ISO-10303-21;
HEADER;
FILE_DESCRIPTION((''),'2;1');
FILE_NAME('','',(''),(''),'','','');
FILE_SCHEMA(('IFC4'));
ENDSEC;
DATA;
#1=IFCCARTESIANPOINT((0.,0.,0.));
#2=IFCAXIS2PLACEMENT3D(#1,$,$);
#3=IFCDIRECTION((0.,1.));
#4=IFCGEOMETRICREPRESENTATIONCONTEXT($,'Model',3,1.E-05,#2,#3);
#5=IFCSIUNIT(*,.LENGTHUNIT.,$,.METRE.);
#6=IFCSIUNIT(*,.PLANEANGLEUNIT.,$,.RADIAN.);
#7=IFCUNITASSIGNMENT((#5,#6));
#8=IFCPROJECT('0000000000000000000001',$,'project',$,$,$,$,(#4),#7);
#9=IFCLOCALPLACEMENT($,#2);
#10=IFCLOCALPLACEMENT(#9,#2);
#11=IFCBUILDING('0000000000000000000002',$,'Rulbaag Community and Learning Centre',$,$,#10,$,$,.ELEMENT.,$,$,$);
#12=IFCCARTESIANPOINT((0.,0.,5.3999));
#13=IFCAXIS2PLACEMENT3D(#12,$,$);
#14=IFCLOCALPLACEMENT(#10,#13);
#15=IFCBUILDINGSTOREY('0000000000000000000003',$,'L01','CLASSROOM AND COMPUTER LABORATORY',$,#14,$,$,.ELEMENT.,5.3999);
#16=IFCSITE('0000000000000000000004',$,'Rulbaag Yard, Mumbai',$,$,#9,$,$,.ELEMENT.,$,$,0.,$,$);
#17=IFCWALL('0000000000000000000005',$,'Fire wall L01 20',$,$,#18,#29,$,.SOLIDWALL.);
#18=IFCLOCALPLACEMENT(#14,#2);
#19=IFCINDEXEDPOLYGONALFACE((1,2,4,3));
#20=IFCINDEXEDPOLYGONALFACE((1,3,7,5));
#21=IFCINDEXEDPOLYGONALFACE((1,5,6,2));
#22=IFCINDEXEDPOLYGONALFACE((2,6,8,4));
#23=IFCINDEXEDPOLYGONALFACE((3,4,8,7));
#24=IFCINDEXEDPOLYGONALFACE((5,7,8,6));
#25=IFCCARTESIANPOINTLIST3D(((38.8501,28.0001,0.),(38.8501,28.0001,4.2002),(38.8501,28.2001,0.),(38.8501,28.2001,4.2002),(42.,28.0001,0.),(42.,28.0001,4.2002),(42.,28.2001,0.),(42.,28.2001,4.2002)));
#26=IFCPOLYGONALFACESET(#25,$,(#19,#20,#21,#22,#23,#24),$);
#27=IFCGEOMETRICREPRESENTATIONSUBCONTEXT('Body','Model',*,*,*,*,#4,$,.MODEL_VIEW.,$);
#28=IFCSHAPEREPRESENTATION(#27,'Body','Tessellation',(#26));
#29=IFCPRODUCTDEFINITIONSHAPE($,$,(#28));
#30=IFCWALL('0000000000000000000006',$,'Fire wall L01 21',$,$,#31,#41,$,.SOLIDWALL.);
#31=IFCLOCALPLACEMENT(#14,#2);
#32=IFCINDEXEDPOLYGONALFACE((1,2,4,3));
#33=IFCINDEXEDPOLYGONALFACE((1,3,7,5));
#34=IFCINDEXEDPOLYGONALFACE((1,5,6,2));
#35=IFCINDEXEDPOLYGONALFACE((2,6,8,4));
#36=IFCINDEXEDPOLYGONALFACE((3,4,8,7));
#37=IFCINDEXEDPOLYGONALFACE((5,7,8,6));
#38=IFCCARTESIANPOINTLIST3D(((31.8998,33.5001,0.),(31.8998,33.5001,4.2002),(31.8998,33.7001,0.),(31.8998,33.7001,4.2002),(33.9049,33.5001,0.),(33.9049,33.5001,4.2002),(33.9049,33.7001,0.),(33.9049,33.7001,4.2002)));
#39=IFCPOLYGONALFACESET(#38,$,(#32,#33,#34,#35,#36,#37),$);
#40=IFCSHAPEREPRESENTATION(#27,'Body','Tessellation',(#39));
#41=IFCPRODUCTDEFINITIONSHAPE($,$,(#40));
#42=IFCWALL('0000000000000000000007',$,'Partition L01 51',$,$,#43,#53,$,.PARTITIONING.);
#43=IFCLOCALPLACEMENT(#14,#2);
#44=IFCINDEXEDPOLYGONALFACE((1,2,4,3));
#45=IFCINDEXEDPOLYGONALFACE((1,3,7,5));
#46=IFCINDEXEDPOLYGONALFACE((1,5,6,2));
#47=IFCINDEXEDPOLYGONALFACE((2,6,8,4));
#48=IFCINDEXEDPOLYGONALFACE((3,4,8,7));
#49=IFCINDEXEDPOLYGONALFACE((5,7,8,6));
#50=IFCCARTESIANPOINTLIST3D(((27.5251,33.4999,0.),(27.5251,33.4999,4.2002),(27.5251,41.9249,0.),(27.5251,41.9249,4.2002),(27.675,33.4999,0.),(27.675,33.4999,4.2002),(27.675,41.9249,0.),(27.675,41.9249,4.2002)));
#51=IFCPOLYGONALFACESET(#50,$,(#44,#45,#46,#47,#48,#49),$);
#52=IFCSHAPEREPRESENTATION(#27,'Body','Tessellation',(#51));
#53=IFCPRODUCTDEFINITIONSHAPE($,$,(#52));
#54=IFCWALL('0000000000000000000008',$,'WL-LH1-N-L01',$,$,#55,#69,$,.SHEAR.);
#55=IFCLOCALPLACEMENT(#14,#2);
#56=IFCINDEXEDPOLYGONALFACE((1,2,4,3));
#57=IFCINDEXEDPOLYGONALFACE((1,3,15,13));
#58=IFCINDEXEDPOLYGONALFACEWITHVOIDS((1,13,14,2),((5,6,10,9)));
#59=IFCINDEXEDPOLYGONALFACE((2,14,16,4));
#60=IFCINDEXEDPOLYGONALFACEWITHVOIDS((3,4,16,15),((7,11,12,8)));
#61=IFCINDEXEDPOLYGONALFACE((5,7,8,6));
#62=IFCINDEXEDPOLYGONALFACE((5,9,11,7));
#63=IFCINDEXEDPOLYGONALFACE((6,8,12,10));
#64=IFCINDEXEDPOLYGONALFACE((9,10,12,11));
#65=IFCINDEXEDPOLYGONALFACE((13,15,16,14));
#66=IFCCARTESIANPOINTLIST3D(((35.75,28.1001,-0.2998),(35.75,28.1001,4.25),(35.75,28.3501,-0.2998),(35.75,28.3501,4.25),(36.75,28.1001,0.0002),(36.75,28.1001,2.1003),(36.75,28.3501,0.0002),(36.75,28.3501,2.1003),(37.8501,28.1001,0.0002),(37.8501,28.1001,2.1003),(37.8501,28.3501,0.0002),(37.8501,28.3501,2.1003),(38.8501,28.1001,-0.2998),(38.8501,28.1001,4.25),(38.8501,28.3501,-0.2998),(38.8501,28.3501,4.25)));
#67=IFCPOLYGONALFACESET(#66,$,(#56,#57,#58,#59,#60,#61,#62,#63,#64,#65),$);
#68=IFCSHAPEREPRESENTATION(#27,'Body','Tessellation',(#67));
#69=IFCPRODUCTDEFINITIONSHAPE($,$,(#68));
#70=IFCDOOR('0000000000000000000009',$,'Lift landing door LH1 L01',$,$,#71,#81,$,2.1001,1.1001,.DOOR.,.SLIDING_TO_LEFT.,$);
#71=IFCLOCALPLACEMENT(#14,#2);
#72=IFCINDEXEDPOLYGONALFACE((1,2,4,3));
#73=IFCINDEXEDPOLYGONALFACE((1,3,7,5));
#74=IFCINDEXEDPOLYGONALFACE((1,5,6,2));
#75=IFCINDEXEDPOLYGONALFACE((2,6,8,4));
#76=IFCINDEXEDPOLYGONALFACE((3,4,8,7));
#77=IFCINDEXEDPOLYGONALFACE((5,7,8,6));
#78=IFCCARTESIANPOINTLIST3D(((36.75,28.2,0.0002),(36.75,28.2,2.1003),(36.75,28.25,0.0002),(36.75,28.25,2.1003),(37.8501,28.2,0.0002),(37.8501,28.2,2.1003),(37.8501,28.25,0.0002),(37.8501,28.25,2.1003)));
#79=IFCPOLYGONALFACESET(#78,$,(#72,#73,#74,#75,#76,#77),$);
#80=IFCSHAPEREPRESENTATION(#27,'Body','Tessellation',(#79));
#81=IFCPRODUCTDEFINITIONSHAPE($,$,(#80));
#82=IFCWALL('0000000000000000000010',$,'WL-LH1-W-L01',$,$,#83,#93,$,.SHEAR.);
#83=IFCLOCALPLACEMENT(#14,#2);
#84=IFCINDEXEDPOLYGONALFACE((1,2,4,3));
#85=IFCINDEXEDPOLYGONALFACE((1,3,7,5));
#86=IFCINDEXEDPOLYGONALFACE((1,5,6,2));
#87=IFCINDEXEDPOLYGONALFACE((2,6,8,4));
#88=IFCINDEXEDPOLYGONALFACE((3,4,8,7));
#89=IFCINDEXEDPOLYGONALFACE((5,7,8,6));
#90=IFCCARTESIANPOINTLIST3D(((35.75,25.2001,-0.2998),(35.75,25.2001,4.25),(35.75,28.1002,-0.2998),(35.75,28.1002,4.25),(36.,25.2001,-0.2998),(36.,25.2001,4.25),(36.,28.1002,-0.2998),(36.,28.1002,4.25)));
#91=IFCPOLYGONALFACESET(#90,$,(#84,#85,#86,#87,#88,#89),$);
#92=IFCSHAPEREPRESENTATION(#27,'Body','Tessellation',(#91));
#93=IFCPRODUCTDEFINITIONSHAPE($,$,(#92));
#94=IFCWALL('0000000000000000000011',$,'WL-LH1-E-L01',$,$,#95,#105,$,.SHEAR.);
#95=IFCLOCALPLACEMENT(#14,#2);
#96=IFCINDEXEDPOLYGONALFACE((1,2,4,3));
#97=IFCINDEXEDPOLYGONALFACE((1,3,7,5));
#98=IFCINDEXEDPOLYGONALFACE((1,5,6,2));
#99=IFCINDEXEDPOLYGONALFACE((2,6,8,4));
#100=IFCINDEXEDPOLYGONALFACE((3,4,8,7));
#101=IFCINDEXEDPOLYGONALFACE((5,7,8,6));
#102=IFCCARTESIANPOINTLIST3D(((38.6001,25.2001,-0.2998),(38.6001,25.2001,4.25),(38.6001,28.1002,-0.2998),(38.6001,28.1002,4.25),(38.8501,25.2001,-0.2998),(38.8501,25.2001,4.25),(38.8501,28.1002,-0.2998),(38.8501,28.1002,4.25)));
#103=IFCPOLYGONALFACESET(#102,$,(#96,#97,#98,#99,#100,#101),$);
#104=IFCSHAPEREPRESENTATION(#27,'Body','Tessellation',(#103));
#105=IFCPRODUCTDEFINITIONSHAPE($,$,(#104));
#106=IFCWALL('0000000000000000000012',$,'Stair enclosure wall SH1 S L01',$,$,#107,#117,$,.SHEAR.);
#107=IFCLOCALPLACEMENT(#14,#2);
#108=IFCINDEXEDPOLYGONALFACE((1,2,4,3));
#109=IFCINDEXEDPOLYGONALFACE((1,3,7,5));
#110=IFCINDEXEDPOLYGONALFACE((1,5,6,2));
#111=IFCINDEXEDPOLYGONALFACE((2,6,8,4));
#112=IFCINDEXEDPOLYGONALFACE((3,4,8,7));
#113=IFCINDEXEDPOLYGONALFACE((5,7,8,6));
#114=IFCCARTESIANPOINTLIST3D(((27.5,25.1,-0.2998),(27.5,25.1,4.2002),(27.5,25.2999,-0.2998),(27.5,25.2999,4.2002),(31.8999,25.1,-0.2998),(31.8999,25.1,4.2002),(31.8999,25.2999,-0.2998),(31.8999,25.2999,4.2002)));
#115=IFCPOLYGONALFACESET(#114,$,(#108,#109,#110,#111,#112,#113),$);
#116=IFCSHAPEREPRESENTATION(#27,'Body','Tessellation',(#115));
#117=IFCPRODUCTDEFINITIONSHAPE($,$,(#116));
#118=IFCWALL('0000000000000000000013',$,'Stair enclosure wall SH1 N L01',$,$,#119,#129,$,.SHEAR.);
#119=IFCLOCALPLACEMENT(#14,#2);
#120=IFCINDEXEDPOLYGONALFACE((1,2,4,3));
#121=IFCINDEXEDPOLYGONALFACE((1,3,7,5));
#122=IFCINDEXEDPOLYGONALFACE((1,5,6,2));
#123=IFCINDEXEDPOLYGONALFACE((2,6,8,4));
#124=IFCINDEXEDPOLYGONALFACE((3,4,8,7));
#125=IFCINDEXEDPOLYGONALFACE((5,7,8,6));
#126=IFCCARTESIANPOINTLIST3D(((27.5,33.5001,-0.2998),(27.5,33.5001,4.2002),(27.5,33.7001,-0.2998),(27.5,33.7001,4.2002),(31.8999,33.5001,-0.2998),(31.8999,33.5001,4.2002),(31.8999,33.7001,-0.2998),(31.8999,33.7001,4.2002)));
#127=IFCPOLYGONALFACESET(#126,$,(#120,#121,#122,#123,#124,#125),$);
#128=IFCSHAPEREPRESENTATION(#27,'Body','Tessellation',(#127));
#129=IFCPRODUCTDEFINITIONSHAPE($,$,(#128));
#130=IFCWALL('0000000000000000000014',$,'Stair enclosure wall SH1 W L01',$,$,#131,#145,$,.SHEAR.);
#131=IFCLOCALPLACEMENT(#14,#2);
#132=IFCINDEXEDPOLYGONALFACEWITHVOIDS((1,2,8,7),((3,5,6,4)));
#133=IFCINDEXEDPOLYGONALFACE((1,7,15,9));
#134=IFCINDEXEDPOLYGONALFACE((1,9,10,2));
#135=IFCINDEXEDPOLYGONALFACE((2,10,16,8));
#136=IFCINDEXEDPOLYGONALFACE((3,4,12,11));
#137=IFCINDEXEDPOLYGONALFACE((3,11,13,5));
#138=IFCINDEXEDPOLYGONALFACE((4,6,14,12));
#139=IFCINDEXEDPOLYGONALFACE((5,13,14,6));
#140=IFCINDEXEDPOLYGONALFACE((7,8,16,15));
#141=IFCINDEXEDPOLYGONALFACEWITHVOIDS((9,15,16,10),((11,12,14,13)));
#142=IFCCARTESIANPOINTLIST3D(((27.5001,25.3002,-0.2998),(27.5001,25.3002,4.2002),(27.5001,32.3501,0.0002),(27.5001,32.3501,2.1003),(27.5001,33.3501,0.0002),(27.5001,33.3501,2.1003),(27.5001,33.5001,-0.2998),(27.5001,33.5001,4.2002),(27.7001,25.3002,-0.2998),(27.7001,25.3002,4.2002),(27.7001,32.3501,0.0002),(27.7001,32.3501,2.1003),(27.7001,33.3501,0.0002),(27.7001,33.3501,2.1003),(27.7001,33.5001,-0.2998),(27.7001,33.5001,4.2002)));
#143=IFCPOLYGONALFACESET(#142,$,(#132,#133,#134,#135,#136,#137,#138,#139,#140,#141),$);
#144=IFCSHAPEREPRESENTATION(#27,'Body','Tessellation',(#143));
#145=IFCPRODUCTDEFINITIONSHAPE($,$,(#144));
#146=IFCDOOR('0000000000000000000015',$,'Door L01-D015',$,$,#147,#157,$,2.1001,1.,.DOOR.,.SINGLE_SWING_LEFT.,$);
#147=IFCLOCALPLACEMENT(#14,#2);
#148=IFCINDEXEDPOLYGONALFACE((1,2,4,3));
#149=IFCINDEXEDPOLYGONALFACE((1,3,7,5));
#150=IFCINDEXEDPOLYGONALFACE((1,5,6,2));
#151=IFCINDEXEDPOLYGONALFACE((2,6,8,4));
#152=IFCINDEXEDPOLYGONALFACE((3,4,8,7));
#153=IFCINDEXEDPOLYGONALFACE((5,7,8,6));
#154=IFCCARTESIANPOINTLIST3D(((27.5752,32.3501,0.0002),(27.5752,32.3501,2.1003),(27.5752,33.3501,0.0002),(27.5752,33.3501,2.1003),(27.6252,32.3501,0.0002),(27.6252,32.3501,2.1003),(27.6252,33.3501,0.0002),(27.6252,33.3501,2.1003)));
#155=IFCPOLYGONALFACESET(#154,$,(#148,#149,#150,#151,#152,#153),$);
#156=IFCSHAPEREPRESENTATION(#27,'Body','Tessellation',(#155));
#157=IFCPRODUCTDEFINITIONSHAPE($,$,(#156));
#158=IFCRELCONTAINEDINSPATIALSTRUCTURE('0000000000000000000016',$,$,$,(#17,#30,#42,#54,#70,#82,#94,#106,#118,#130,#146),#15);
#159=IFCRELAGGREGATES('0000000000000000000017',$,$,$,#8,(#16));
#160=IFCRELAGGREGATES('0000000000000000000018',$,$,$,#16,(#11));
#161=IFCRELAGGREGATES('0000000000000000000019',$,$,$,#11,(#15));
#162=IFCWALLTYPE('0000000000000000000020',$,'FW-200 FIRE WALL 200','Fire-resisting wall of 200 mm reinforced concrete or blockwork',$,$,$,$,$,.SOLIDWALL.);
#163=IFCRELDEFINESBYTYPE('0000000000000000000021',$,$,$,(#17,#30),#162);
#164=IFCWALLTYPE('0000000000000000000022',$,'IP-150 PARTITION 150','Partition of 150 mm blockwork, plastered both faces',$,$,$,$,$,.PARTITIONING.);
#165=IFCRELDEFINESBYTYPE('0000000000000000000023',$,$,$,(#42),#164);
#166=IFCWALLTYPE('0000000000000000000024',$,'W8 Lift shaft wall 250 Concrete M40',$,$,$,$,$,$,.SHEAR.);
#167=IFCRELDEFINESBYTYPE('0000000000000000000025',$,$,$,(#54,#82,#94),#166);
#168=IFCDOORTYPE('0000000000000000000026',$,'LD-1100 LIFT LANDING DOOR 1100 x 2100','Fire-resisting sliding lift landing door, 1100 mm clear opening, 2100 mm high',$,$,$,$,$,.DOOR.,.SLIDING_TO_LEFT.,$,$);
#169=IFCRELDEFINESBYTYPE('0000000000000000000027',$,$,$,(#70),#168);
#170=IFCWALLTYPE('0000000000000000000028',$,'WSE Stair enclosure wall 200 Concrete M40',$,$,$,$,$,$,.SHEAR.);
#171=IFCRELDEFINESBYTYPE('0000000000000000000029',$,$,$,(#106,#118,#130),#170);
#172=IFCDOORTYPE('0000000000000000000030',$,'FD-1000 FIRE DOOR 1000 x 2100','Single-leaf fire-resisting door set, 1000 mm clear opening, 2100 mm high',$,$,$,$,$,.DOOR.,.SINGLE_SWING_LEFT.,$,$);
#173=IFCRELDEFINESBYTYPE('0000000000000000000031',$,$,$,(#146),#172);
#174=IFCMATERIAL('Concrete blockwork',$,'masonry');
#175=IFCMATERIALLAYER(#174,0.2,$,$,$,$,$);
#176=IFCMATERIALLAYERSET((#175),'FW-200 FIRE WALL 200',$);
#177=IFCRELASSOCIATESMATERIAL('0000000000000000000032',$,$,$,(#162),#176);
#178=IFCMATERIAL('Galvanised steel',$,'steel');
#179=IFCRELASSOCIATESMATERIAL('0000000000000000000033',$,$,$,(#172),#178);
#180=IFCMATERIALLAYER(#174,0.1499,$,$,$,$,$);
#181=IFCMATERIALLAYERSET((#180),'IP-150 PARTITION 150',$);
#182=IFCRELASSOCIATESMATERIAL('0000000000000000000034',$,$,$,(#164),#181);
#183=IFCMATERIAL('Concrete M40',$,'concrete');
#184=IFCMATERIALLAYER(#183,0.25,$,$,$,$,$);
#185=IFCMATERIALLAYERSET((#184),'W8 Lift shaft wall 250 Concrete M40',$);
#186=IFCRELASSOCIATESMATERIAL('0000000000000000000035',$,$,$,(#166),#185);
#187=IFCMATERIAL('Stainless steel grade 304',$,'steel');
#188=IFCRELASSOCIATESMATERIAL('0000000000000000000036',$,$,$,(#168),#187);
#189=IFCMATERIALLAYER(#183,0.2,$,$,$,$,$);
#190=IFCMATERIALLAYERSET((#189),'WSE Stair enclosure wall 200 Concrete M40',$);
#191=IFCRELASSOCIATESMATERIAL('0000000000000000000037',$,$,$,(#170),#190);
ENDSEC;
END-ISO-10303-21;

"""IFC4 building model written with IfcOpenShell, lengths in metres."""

from ifc_helpers import new_model, si_unit, direction, frame, frame_2d, origin, place, context, subcontext, project, spatial, rectangle, extrude, material, layer, layer_set, type_object, element, fill, save


model = new_model("IFC4")

# Units and contexts
model_context = context("Model", 3, precision=1e-05, world=origin(), true_north=direction((0.0, 1.0)))
body_context = subcontext(model_context, "Body", "Model", "MODEL_VIEW")
ifc_project = project(units=[si_unit("LENGTHUNIT", "METRE"), si_unit("PLANEANGLEUNIT", "RADIAN")], contexts=[model_context])

# Site, building, storey
site_placement = place(None, origin())
site = spatial("IfcSite", under=ifc_project, at=site_placement, Name="Rulbaag Yard, Mumbai", CompositionType="ELEMENT", RefElevation=0.0)
building_placement = place(site_placement, origin())
building = spatial("IfcBuilding", under=site, at=building_placement, Name="Rulbaag Community and Learning Centre", CompositionType="ELEMENT")
storey_placement = place(building_placement, frame((0.0, 0.0, 5.3999)))
storey = spatial("IfcBuildingStorey", under=building, at=storey_placement, Name="L01", Description="CLASSROOM AND COMPUTER LABORATORY", CompositionType="ELEMENT", Elevation=5.3999)

# Shared definitions
ifc_material_1 = material(Name="Concrete M40", Category="concrete")

# Shared definitions
ifc_material_2 = material(Name="Concrete blockwork", Category="masonry")
ifc_layer_1 = layer(ifc_material_2, 0.2)
ifc_layer_set_1 = layer_set([ifc_layer_1], Name="FW-200 FIRE WALL 200")
wall_type_1 = type_object("IfcWallType", Name="FW-200 FIRE WALL 200", Description="Fire-resisting wall of 200 mm reinforced concrete or blockwork", PredefinedType="SOLIDWALL", material=ifc_layer_set_1)

# Shared definitions
ifc_material_3 = material(Name="Galvanised steel", Category="steel")
door_type_1 = type_object("IfcDoorType", Name="FD-1000 FIRE DOOR 1000 x 2100", Description="Single-leaf fire-resisting door set, 1000 mm clear opening, 2100 mm high", OperationType="SINGLE_SWING_LEFT", PredefinedType="DOOR", material=ifc_material_3)

# Walls
wall_1_placement = place(storey_placement, frame((38.8501, 28.1001, 0.0), z_axis=(0.0, 0.0, 1.0), x_axis=(1.0, 0.0, 0.0)))
element("IfcWall", 1, at=wall_1_placement, inside=storey, type_object=wall_type_1, Name="Fire wall L01 20", PredefinedType="SOLIDWALL", context=body_context, shape_type="SweptSolid", body=[
    extrude(rectangle(XDim=3.1499, YDim=0.2, at=frame_2d((1.575, 0.0))), origin(), (0.0, 0.0, 1.0), 4.2002),
])
wall_2_placement = place(storey_placement, frame((31.8999, 33.6001, 0.0), z_axis=(0.0, 0.0, 1.0), x_axis=(1.0, 0.0, 0.0)))
element("IfcWall", 2, at=wall_2_placement, inside=storey, type_object=wall_type_1, Name="Fire wall L01 21", PredefinedType="SOLIDWALL", context=body_context, shape_type="SweptSolid", body=[
    extrude(rectangle(XDim=2.0051, YDim=0.2, at=frame_2d((1.0024, 0.0))), origin(), (0.0, 0.0, 1.0), 4.2002),
])
ifc_layer_2 = layer(ifc_material_2, 0.1499)
ifc_layer_set_2 = layer_set([ifc_layer_2], Name="IP-150 PARTITION 150")
wall_type_2 = type_object("IfcWallType", Name="IP-150 PARTITION 150", Description="Partition of 150 mm blockwork, plastered both faces", PredefinedType="PARTITIONING", material=ifc_layer_set_2)
wall_3_placement = place(storey_placement, frame((27.6001, 33.5, 0.0), z_axis=(0.0, 0.0, 1.0), x_axis=(0.0, 1.0, 0.0)))
element("IfcWall", 3, at=wall_3_placement, inside=storey, type_object=wall_type_2, Name="Partition L01 51", PredefinedType="PARTITIONING", context=body_context, shape_type="SweptSolid", body=[
    extrude(rectangle(XDim=8.425, YDim=0.1499, at=frame_2d((4.2124, 0.0))), origin(), (0.0, 0.0, 1.0), 4.2002),
])

# Wall, opening, door
ifc_layer_3 = layer(ifc_material_1, 0.25)
ifc_layer_set_3 = layer_set([ifc_layer_3], Name="W8 Lift shaft wall 250 Concrete M40")
wall_type_3 = type_object("IfcWallType", Name="W8 Lift shaft wall 250 Concrete M40", PredefinedType="SHEAR", material=ifc_layer_set_3)
wall_4_placement = place(storey_placement, frame((35.75, 28.2251, -0.2998), z_axis=(0.0, 0.0, 1.0), x_axis=(1.0, 0.0, 0.0)))
wall_4 = element("IfcWall", 4, at=wall_4_placement, inside=storey, type_object=wall_type_3, Name="WL-LH1-N-L01", PredefinedType="SHEAR", context=body_context, shape_type="SweptSolid", body=[
    extrude(rectangle(XDim=3.1001, YDim=0.25, at=frame_2d((1.55, 0.0))), origin(), (0.0, 0.0, 1.0), 4.5498),
])
opening_1_placement = place(wall_4_placement, frame((1.0, 0.0, 0.3)))
opening_1 = element("IfcOpeningElement", 5, at=opening_1_placement, cuts=wall_4, PredefinedType="OPENING", context=body_context, shape_type="SweptSolid", body=[
    extrude(rectangle(XDim=1.1001, YDim=2.1001, at=frame_2d((0.55, 1.05))), frame((0.0, 0.135, 0.0), z_axis=(0.0, -1.0, 0.0), x_axis=(1.0, 0.0, 0.0)), (0.0, 0.0, 1.0), 0.27),
])
ifc_material_4 = material(Name="Stainless steel grade 304", Category="steel")
door_type_2 = type_object("IfcDoorType", Name="LD-1100 LIFT LANDING DOOR 1100 x 2100", Description="Fire-resisting sliding lift landing door, 1100 mm clear opening, 2100 mm high", OperationType="SLIDING_TO_LEFT", PredefinedType="DOOR", material=ifc_material_4)
door_1_placement = place(opening_1_placement, origin())
door_1 = element("IfcDoor", 6, at=door_1_placement, inside=storey, type_object=door_type_2, Name="Lift landing door LH1 L01", OperationType="SLIDING_TO_LEFT", OverallHeight=2.1001, OverallWidth=1.1001, PredefinedType="DOOR", context=body_context, shape_type="SweptSolid", body=[
    extrude(rectangle(XDim=1.1001, YDim=2.1001, at=frame_2d((0.55, 1.05))), frame((0.0, 0.0249, 0.0), z_axis=(0.0, -1.0, 0.0), x_axis=(1.0, 0.0, 0.0)), (0.0, 0.0, 1.0), 0.05),
])
fill(opening_1, door_1)

# Walls
for number, where, z_axis, x_axis, name in (
    (7, (35.875, 25.2, -0.2998), (0.0, 0.0, 1.0), (0.0, 1.0, 0.0), "WL-LH1-W-L01"),
    (8, (38.7251, 25.2, -0.2998), (0.0, 0.0, 1.0), (0.0, 1.0, 0.0), "WL-LH1-E-L01"),
):
    element("IfcWall", number, at=place(storey_placement, frame(where, z_axis=z_axis, x_axis=x_axis)), inside=storey, type_object=wall_type_3, Name=name, PredefinedType="SHEAR", context=body_context, shape_type="SweptSolid", body=[
        extrude(rectangle(XDim=2.9001, YDim=0.25, at=frame_2d((1.4502, 0.0))), origin(), (0.0, 0.0, 1.0), 4.5498),
    ])
ifc_layer_4 = layer(ifc_material_1, 0.2)
ifc_layer_set_4 = layer_set([ifc_layer_4], Name="WSE Stair enclosure wall 200 Concrete M40")
wall_type_4 = type_object("IfcWallType", Name="WSE Stair enclosure wall 200 Concrete M40", PredefinedType="SHEAR", material=ifc_layer_set_4)
for number, where, z_axis, x_axis, name in (
    (9, (27.5, 25.2, -0.2998), (0.0, 0.0, 1.0), (1.0, 0.0, 0.0), "Stair enclosure wall SH1 S L01"),
    (10, (27.5, 33.6001, -0.2998), (0.0, 0.0, 1.0), (1.0, 0.0, 0.0), "Stair enclosure wall SH1 N L01"),
):
    element("IfcWall", number, at=place(storey_placement, frame(where, z_axis=z_axis, x_axis=x_axis)), inside=storey, type_object=wall_type_4, Name=name, PredefinedType="SHEAR", context=body_context, shape_type="SweptSolid", body=[
        extrude(rectangle(XDim=4.3999, YDim=0.2, at=frame_2d((2.2, 0.0))), origin(), (0.0, 0.0, 1.0), 4.5),
    ])

# Wall, opening, door
wall_5_placement = place(storey_placement, frame((27.6001, 25.3, -0.2998), z_axis=(0.0, 0.0, 1.0), x_axis=(0.0, 1.0, 0.0)))
wall_5 = element("IfcWall", 11, at=wall_5_placement, inside=storey, type_object=wall_type_4, Name="Stair enclosure wall SH1 W L01", PredefinedType="SHEAR", context=body_context, shape_type="SweptSolid", body=[
    extrude(rectangle(XDim=8.2, YDim=0.2, at=frame_2d((4.1001, 0.0))), origin(), (0.0, 0.0, 1.0), 4.5),
])
opening_2_placement = place(wall_5_placement, frame((7.05, 0.0, 0.3)))
opening_2 = element("IfcOpeningElement", 12, at=opening_2_placement, cuts=wall_5, PredefinedType="OPENING", context=body_context, shape_type="SweptSolid", body=[
    extrude(rectangle(XDim=1.0, YDim=2.1001, at=frame_2d((0.5, 1.05))), frame((0.0, 0.1099, 0.0), z_axis=(0.0, -1.0, 0.0), x_axis=(1.0, 0.0, 0.0)), (0.0, 0.0, 1.0), 0.22),
])
door_2_placement = place(opening_2_placement, origin())
door_2 = element("IfcDoor", 13, at=door_2_placement, inside=storey, type_object=door_type_1, Name="Door L01-D015", OperationType="SINGLE_SWING_LEFT", OverallHeight=2.1001, OverallWidth=1.0, PredefinedType="DOOR", context=body_context, shape_type="SweptSolid", body=[
    extrude(rectangle(XDim=1.0, YDim=2.1001, at=frame_2d((0.5, 1.05))), frame((0.0, 0.0249, 0.0), z_axis=(0.0, -1.0, 0.0), x_axis=(1.0, 0.0, 0.0)), (0.0, 0.0, 1.0), 0.05),
])
fill(opening_2, door_2)

save(model, "model.ifc")
